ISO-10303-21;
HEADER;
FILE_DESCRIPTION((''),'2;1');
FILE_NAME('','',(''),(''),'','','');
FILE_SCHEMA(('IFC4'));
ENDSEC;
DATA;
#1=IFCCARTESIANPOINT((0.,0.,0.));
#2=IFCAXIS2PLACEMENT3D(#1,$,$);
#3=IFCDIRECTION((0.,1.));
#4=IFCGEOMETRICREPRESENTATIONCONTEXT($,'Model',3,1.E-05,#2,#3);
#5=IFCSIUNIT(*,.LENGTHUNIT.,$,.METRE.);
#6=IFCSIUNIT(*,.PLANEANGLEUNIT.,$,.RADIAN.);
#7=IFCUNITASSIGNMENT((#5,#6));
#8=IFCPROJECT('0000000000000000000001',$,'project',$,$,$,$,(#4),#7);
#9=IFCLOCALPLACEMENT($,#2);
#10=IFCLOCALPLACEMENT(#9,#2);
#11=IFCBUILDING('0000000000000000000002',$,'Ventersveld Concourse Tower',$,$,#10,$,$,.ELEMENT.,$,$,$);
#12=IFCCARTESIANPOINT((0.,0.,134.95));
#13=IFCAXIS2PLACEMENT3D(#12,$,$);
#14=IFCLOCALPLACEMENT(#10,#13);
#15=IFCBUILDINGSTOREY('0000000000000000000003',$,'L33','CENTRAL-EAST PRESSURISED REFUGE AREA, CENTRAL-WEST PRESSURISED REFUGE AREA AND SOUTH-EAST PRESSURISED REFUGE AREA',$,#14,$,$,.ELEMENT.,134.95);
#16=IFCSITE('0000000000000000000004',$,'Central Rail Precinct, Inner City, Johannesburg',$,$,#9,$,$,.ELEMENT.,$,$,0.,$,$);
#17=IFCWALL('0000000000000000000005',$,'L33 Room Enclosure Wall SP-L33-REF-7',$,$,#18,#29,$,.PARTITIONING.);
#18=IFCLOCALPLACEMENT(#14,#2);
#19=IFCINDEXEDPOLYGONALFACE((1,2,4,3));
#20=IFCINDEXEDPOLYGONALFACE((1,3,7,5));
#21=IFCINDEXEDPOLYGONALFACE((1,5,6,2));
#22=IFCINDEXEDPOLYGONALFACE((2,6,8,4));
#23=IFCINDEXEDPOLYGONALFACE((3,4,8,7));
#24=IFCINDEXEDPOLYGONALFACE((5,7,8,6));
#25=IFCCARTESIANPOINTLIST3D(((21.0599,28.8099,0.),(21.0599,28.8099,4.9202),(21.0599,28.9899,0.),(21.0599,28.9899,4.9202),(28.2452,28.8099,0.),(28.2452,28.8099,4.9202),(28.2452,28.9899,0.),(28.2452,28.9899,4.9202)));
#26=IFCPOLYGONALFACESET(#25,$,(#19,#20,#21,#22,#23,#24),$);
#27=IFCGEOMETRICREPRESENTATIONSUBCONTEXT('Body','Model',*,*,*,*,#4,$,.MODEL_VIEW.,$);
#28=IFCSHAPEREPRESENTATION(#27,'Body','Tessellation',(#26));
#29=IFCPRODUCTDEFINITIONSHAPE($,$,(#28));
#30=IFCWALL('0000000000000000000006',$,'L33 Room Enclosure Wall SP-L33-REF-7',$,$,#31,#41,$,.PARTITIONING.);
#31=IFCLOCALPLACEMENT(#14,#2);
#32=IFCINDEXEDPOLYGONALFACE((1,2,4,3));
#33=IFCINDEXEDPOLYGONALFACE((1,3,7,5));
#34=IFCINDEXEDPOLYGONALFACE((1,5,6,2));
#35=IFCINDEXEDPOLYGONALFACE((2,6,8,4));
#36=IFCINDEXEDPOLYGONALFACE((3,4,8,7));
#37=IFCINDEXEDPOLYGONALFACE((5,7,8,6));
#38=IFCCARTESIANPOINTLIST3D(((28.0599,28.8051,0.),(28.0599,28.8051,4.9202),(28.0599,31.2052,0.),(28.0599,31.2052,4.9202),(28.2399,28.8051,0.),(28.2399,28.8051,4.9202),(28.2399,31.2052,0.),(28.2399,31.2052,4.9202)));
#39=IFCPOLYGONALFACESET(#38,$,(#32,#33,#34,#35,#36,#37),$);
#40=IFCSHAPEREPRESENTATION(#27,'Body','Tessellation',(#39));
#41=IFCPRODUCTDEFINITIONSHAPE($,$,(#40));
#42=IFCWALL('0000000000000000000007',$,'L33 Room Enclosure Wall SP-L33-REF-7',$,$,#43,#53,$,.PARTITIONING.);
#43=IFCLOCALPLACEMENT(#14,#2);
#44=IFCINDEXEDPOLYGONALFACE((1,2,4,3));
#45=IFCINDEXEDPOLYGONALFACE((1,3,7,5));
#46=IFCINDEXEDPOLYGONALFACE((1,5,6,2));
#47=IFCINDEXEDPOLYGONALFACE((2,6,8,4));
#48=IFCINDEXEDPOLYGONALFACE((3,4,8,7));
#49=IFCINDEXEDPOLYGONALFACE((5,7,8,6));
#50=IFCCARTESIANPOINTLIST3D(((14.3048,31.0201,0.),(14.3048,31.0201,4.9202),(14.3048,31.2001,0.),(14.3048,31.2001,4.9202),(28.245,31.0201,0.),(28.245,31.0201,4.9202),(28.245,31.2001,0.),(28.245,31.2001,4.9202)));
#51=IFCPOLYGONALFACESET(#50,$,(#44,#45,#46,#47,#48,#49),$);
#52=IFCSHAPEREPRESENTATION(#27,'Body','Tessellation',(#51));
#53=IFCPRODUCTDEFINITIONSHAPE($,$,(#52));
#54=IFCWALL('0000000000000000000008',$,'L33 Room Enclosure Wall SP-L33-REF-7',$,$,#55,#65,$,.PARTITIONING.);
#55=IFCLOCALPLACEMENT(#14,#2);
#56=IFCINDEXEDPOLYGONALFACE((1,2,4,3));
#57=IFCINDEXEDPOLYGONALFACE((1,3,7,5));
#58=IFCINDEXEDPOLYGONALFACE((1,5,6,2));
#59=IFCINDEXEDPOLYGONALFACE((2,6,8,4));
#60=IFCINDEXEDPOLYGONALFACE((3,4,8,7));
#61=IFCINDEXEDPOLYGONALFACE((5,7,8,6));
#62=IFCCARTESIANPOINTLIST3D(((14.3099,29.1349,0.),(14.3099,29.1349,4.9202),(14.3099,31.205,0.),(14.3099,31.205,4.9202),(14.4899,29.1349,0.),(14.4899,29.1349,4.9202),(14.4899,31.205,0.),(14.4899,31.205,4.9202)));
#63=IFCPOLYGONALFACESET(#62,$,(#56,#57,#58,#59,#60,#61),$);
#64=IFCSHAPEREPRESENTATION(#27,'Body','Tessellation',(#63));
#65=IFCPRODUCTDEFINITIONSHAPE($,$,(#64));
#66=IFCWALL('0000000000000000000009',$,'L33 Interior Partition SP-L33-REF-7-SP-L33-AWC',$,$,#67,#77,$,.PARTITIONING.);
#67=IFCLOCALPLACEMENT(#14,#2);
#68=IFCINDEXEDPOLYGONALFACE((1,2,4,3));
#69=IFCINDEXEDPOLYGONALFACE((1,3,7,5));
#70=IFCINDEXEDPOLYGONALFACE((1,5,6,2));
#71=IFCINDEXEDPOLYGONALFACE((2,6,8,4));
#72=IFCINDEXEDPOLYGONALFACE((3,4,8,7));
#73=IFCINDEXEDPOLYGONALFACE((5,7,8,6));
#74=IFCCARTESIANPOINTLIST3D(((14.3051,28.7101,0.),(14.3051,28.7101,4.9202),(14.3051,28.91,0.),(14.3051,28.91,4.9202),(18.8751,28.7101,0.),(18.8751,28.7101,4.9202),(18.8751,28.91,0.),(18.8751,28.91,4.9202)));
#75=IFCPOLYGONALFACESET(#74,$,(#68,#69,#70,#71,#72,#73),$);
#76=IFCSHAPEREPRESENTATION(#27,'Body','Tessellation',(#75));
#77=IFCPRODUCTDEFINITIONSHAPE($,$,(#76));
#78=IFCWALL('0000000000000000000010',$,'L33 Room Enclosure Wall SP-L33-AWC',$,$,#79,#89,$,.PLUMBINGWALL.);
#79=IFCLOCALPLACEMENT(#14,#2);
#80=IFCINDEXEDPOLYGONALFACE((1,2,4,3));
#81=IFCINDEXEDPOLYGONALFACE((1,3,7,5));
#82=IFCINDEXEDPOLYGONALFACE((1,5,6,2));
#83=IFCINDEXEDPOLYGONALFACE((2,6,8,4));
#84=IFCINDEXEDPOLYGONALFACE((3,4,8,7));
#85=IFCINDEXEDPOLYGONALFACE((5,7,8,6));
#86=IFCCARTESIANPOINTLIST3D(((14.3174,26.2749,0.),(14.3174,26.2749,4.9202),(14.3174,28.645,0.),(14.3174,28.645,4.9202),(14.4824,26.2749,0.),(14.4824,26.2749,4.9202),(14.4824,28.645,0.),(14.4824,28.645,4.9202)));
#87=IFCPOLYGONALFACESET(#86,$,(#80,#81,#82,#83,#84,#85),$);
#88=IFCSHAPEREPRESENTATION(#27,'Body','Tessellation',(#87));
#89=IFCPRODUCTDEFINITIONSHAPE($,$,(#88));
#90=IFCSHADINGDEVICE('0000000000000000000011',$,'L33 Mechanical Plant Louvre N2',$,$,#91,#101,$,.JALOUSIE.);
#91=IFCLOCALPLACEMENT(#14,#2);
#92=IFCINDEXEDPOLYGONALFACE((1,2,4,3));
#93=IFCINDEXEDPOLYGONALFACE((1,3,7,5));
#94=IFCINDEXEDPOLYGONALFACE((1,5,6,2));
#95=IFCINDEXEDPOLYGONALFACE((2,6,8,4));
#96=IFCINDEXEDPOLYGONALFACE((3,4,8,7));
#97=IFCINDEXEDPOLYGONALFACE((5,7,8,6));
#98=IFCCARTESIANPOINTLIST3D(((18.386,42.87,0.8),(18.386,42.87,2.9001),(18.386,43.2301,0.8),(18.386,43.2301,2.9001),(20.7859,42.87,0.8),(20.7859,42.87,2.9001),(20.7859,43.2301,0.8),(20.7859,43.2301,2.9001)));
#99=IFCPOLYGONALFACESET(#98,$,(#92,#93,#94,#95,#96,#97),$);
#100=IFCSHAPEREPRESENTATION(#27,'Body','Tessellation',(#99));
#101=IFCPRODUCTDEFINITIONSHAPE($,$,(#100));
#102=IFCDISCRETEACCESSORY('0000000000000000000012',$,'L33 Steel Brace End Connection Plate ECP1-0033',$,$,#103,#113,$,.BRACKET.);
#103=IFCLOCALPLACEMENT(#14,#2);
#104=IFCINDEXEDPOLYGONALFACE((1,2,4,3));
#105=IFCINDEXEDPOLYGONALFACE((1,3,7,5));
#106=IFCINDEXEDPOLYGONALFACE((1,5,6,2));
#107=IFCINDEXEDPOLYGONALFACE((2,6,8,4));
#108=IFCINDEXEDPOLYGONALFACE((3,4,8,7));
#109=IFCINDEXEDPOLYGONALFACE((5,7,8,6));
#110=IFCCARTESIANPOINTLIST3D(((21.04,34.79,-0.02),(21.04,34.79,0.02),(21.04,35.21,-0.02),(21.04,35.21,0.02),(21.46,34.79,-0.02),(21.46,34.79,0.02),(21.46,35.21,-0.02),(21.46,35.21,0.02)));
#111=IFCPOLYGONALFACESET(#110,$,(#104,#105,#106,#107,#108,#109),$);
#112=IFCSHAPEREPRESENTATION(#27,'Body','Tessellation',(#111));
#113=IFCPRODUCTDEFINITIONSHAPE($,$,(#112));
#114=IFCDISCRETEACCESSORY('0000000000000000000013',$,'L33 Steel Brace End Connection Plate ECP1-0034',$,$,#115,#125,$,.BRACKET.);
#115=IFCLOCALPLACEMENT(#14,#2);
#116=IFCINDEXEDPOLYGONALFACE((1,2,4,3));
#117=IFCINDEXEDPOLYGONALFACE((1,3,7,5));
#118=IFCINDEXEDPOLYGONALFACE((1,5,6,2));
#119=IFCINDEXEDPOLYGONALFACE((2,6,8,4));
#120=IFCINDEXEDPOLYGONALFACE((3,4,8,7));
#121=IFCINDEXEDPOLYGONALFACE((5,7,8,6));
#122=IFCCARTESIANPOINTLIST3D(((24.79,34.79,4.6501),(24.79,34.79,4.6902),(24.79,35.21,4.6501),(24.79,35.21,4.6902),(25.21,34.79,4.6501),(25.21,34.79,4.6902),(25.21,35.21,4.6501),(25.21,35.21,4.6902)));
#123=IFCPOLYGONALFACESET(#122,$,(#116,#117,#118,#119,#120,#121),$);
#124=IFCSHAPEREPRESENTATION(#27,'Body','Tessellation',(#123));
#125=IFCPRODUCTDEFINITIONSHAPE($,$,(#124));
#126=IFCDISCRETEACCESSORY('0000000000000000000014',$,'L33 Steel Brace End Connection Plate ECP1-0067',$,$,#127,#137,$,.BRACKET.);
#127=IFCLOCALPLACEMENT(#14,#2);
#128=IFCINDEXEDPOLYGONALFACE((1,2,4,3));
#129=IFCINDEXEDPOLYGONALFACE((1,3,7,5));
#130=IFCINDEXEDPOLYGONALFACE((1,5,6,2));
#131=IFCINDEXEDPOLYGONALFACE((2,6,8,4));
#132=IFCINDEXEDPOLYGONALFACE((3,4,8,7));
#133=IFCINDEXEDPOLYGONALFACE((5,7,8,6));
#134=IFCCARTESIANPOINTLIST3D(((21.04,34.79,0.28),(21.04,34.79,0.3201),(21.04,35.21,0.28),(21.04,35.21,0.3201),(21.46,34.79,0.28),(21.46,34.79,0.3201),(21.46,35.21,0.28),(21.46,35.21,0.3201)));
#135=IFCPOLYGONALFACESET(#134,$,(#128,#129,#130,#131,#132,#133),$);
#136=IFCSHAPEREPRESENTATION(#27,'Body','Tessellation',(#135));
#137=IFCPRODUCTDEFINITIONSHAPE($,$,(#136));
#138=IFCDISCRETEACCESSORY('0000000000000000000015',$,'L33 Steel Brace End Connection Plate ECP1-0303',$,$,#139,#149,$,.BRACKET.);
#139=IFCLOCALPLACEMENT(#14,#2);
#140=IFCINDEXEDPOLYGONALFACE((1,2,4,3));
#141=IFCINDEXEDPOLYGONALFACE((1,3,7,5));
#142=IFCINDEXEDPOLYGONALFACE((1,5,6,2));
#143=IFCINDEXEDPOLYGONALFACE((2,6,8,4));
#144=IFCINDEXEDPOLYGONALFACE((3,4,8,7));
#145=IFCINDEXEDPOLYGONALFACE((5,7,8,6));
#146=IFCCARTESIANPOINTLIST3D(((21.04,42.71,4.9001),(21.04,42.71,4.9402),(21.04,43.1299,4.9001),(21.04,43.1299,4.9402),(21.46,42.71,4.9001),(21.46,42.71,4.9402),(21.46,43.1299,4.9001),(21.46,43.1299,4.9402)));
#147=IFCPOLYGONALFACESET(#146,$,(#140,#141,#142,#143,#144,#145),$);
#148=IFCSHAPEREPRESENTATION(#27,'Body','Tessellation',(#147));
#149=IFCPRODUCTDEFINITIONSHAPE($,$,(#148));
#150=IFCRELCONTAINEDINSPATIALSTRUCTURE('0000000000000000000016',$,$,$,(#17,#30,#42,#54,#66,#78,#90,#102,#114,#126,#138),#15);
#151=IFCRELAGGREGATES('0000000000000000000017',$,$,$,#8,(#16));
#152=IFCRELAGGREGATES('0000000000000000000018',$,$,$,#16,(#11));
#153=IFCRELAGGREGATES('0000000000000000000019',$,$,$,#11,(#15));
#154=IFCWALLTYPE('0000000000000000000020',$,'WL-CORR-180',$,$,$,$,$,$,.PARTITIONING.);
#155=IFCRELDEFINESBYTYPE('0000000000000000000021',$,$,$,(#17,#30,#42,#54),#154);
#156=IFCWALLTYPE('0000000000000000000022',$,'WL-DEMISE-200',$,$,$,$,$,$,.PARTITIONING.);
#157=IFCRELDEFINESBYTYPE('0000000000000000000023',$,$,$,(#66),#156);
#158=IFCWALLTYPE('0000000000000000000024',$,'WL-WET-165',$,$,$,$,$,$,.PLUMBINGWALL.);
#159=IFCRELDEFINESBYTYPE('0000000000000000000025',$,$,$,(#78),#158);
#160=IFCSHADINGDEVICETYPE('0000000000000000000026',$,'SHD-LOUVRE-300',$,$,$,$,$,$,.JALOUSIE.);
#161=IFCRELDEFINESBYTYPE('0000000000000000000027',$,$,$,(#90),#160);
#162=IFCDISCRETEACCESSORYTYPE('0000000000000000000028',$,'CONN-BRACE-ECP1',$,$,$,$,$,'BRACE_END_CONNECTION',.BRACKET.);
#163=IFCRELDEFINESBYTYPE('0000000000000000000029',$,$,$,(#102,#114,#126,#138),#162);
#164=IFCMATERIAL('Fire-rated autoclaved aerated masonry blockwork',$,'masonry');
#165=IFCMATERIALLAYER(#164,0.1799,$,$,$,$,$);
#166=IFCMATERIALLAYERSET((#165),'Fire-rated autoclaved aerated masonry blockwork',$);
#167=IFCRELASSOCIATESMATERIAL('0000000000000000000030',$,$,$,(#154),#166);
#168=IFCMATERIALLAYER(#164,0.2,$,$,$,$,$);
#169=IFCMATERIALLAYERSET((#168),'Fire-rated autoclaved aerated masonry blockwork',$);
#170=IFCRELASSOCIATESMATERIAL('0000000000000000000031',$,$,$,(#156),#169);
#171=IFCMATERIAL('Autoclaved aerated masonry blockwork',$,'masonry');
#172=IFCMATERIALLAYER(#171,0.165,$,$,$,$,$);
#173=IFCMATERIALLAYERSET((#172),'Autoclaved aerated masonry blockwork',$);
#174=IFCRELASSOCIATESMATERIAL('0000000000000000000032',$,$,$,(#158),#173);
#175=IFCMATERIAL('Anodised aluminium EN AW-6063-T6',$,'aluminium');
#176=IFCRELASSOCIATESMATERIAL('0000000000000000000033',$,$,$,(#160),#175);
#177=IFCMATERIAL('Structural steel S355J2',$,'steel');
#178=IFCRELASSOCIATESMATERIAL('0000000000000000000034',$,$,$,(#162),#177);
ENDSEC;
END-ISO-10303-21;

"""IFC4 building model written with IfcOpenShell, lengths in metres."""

from ifc_helpers import new_model, si_unit, direction, frame, frame_2d, origin, origin_2d, place, context, subcontext, project, spatial, rectangle, extrude, material, layer, layer_set, type_object, element, save


model = new_model("IFC4")

# Units and contexts
model_context = context("Model", 3, precision=1e-05, world=origin(), true_north=direction((0.0, 1.0)))
body_context = subcontext(model_context, "Body", "Model", "MODEL_VIEW")
ifc_project = project(units=[si_unit("LENGTHUNIT", "METRE"), si_unit("PLANEANGLEUNIT", "RADIAN")], contexts=[model_context])

# Site, building, storey
site_placement = place(None, origin())
site = spatial("IfcSite", under=ifc_project, at=site_placement, Name="Central Rail Precinct, Inner City, Johannesburg", CompositionType="ELEMENT", RefElevation=0.0)
building_placement = place(site_placement, origin())
building = spatial("IfcBuilding", under=site, at=building_placement, Name="Ventersveld Concourse Tower", CompositionType="ELEMENT")
storey_placement = place(building_placement, frame((0.0, 0.0, 134.95)))
storey = spatial("IfcBuildingStorey", under=building, at=storey_placement, Name="L33", Description="CENTRAL-EAST PRESSURISED REFUGE AREA, CENTRAL-WEST PRESSURISED REFUGE AREA AND SOUTH-EAST PRESSURISED REFUGE AREA", CompositionType="ELEMENT", Elevation=134.95)

# Shared definitions
ifc_material_1 = material(Name="Structural steel S355J2", Category="steel")

# Shared definitions
ifc_material_2 = material(Name="Fire-rated autoclaved aerated masonry blockwork", Category="masonry")
ifc_layer_1 = layer(ifc_material_2, 0.1799)
ifc_layer_set_1 = layer_set([ifc_layer_1], Name="Fire-rated autoclaved aerated masonry blockwork")
wall_type_1 = type_object("IfcWallType", Name="WL-CORR-180", PredefinedType="PARTITIONING", material=ifc_layer_set_1)

# Walls
wall_1_placement = place(storey_placement, frame((21.0598, 28.8999, 0.0), z_axis=(0.0, 0.0, 1.0), x_axis=(1.0, 0.0, 0.0)))
element("IfcWall", 1, at=wall_1_placement, inside=storey, type_object=wall_type_1, Name="L33 Room Enclosure Wall SP-L33-REF-7", PredefinedType="PARTITIONING", context=body_context, shape_type="SweptSolid", body=[
    extrude(rectangle(XDim=7.1853, YDim=0.1799, at=frame_2d((3.5928, 0.0))), origin(), (0.0, 0.0, 1.0), 4.9202),
])
wall_2_placement = place(storey_placement, frame((28.1499, 28.8049, 0.0), z_axis=(0.0, 0.0, 1.0), x_axis=(0.0, 1.0, 0.0)))
element("IfcWall", 2, at=wall_2_placement, inside=storey, type_object=wall_type_1, Name="L33 Room Enclosure Wall SP-L33-REF-7", PredefinedType="PARTITIONING", context=body_context, shape_type="SweptSolid", body=[
    extrude(rectangle(XDim=2.4001, YDim=0.1799, at=frame_2d((1.2002, 0.0))), origin(), (0.0, 0.0, 1.0), 4.9202),
])
wall_3_placement = place(storey_placement, frame((28.2451, 31.1101, 0.0), z_axis=(0.0, 0.0, 1.0), x_axis=(-1.0, 0.0, 0.0)))
element("IfcWall", 3, at=wall_3_placement, inside=storey, type_object=wall_type_1, Name="L33 Room Enclosure Wall SP-L33-REF-7", PredefinedType="PARTITIONING", context=body_context, shape_type="SweptSolid", body=[
    extrude(rectangle(XDim=13.9402, YDim=0.1799, at=frame_2d((6.9702, 0.0))), origin(), (0.0, 0.0, 1.0), 4.9202),
])
wall_4_placement = place(storey_placement, frame((14.3999, 31.2051, 0.0), z_axis=(0.0, 0.0, 1.0), x_axis=(0.0, -1.0, 0.0)))
element("IfcWall", 4, at=wall_4_placement, inside=storey, type_object=wall_type_1, Name="L33 Room Enclosure Wall SP-L33-REF-7", PredefinedType="PARTITIONING", context=body_context, shape_type="SweptSolid", body=[
    extrude(rectangle(XDim=2.0701, YDim=0.1799, at=frame_2d((1.0352, 0.0))), origin(), (0.0, 0.0, 1.0), 4.9202),
])
ifc_layer_2 = layer(ifc_material_2, 0.2)
ifc_layer_set_2 = layer_set([ifc_layer_2], Name="Fire-rated autoclaved aerated masonry blockwork")
wall_type_2 = type_object("IfcWallType", Name="WL-DEMISE-200", PredefinedType="PARTITIONING", material=ifc_layer_set_2)
wall_5_placement = place(storey_placement, frame((14.3049, 28.8101, 0.0), z_axis=(0.0, 0.0, 1.0), x_axis=(1.0, 0.0, 0.0)))
element("IfcWall", 5, at=wall_5_placement, inside=storey, type_object=wall_type_2, Name="L33 Interior Partition SP-L33-REF-7-SP-L33-AWC", PredefinedType="PARTITIONING", context=body_context, shape_type="SweptSolid", body=[
    extrude(rectangle(XDim=4.5701, YDim=0.2, at=frame_2d((2.2852, 0.0))), origin(), (0.0, 0.0, 1.0), 4.9202),
])
ifc_material_3 = material(Name="Autoclaved aerated masonry blockwork", Category="masonry")
ifc_layer_3 = layer(ifc_material_3, 0.165)
ifc_layer_set_3 = layer_set([ifc_layer_3], Name="Autoclaved aerated masonry blockwork")
wall_type_3 = type_object("IfcWallType", Name="WL-WET-165", PredefinedType="PLUMBINGWALL", material=ifc_layer_set_3)
wall_6_placement = place(storey_placement, frame((14.3999, 28.645, 0.0), z_axis=(0.0, 0.0, 1.0), x_axis=(0.0, -1.0, 0.0)))
element("IfcWall", 6, at=wall_6_placement, inside=storey, type_object=wall_type_3, Name="L33 Room Enclosure Wall SP-L33-AWC", PredefinedType="PLUMBINGWALL", context=body_context, shape_type="SweptSolid", body=[
    extrude(rectangle(XDim=2.3701, YDim=0.165, at=frame_2d((1.1851, 0.0))), origin(), (0.0, 0.0, 1.0), 4.9202),
])

# Shading device
ifc_material_4 = material(Name="Anodised aluminium EN AW-6063-T6", Category="aluminium")
shading_device_type = type_object("IfcShadingDeviceType", Name="SHD-LOUVRE-300", PredefinedType="JALOUSIE", material=ifc_material_4)
shading_device_placement = place(storey_placement, frame((19.5859, 43.05, 0.8), z_axis=(0.0, 0.0, 1.0), x_axis=(-1.0, 0.0, 0.0)))
element("IfcShadingDevice", 7, at=shading_device_placement, inside=storey, type_object=shading_device_type, Name="L33 Mechanical Plant Louvre N2", PredefinedType="JALOUSIE", context=body_context, shape_type="SweptSolid", body=[
    extrude(rectangle(XDim=2.3999, YDim=0.3601, at=origin_2d()), origin(), (0.0, 0.0, 1.0), 2.1001),
])

# Discrete accessories
discrete_accessory_type = type_object("IfcDiscreteAccessoryType", Name="CONN-BRACE-ECP1", ElementType="BRACE_END_CONNECTION", PredefinedType="BRACKET", material=ifc_material_1)
for number, where, z_axis, x_axis, name in (
    (8, (21.25, 35.0, -0.02), (0.0, 0.0, 1.0), (1.0, 0.0, 0.0), "L33 Steel Brace End Connection Plate ECP1-0033"),
    (9, (25.0, 35.0, 4.6501), (0.0, 0.0, 1.0), (1.0, 0.0, 0.0), "L33 Steel Brace End Connection Plate ECP1-0034"),
    (10, (21.25, 35.0, 0.28), (0.0, 0.0, 1.0), (1.0, 0.0, 0.0), "L33 Steel Brace End Connection Plate ECP1-0067"),
    (11, (21.25, 42.9199, 4.9001), (0.0, 0.0, 1.0), (1.0, 0.0, 0.0), "L33 Steel Brace End Connection Plate ECP1-0303"),
):
    element("IfcDiscreteAccessory", number, at=place(storey_placement, frame(where, z_axis=z_axis, x_axis=x_axis)), inside=storey, type_object=discrete_accessory_type, Name=name, PredefinedType="BRACKET", context=body_context, shape_type="SweptSolid", body=[
        extrude(rectangle(XDim=0.4199, YDim=0.4199, at=origin_2d()), origin(), (0.0, 0.0, 1.0), 0.04),
    ])

save(model, "model.ifc")
